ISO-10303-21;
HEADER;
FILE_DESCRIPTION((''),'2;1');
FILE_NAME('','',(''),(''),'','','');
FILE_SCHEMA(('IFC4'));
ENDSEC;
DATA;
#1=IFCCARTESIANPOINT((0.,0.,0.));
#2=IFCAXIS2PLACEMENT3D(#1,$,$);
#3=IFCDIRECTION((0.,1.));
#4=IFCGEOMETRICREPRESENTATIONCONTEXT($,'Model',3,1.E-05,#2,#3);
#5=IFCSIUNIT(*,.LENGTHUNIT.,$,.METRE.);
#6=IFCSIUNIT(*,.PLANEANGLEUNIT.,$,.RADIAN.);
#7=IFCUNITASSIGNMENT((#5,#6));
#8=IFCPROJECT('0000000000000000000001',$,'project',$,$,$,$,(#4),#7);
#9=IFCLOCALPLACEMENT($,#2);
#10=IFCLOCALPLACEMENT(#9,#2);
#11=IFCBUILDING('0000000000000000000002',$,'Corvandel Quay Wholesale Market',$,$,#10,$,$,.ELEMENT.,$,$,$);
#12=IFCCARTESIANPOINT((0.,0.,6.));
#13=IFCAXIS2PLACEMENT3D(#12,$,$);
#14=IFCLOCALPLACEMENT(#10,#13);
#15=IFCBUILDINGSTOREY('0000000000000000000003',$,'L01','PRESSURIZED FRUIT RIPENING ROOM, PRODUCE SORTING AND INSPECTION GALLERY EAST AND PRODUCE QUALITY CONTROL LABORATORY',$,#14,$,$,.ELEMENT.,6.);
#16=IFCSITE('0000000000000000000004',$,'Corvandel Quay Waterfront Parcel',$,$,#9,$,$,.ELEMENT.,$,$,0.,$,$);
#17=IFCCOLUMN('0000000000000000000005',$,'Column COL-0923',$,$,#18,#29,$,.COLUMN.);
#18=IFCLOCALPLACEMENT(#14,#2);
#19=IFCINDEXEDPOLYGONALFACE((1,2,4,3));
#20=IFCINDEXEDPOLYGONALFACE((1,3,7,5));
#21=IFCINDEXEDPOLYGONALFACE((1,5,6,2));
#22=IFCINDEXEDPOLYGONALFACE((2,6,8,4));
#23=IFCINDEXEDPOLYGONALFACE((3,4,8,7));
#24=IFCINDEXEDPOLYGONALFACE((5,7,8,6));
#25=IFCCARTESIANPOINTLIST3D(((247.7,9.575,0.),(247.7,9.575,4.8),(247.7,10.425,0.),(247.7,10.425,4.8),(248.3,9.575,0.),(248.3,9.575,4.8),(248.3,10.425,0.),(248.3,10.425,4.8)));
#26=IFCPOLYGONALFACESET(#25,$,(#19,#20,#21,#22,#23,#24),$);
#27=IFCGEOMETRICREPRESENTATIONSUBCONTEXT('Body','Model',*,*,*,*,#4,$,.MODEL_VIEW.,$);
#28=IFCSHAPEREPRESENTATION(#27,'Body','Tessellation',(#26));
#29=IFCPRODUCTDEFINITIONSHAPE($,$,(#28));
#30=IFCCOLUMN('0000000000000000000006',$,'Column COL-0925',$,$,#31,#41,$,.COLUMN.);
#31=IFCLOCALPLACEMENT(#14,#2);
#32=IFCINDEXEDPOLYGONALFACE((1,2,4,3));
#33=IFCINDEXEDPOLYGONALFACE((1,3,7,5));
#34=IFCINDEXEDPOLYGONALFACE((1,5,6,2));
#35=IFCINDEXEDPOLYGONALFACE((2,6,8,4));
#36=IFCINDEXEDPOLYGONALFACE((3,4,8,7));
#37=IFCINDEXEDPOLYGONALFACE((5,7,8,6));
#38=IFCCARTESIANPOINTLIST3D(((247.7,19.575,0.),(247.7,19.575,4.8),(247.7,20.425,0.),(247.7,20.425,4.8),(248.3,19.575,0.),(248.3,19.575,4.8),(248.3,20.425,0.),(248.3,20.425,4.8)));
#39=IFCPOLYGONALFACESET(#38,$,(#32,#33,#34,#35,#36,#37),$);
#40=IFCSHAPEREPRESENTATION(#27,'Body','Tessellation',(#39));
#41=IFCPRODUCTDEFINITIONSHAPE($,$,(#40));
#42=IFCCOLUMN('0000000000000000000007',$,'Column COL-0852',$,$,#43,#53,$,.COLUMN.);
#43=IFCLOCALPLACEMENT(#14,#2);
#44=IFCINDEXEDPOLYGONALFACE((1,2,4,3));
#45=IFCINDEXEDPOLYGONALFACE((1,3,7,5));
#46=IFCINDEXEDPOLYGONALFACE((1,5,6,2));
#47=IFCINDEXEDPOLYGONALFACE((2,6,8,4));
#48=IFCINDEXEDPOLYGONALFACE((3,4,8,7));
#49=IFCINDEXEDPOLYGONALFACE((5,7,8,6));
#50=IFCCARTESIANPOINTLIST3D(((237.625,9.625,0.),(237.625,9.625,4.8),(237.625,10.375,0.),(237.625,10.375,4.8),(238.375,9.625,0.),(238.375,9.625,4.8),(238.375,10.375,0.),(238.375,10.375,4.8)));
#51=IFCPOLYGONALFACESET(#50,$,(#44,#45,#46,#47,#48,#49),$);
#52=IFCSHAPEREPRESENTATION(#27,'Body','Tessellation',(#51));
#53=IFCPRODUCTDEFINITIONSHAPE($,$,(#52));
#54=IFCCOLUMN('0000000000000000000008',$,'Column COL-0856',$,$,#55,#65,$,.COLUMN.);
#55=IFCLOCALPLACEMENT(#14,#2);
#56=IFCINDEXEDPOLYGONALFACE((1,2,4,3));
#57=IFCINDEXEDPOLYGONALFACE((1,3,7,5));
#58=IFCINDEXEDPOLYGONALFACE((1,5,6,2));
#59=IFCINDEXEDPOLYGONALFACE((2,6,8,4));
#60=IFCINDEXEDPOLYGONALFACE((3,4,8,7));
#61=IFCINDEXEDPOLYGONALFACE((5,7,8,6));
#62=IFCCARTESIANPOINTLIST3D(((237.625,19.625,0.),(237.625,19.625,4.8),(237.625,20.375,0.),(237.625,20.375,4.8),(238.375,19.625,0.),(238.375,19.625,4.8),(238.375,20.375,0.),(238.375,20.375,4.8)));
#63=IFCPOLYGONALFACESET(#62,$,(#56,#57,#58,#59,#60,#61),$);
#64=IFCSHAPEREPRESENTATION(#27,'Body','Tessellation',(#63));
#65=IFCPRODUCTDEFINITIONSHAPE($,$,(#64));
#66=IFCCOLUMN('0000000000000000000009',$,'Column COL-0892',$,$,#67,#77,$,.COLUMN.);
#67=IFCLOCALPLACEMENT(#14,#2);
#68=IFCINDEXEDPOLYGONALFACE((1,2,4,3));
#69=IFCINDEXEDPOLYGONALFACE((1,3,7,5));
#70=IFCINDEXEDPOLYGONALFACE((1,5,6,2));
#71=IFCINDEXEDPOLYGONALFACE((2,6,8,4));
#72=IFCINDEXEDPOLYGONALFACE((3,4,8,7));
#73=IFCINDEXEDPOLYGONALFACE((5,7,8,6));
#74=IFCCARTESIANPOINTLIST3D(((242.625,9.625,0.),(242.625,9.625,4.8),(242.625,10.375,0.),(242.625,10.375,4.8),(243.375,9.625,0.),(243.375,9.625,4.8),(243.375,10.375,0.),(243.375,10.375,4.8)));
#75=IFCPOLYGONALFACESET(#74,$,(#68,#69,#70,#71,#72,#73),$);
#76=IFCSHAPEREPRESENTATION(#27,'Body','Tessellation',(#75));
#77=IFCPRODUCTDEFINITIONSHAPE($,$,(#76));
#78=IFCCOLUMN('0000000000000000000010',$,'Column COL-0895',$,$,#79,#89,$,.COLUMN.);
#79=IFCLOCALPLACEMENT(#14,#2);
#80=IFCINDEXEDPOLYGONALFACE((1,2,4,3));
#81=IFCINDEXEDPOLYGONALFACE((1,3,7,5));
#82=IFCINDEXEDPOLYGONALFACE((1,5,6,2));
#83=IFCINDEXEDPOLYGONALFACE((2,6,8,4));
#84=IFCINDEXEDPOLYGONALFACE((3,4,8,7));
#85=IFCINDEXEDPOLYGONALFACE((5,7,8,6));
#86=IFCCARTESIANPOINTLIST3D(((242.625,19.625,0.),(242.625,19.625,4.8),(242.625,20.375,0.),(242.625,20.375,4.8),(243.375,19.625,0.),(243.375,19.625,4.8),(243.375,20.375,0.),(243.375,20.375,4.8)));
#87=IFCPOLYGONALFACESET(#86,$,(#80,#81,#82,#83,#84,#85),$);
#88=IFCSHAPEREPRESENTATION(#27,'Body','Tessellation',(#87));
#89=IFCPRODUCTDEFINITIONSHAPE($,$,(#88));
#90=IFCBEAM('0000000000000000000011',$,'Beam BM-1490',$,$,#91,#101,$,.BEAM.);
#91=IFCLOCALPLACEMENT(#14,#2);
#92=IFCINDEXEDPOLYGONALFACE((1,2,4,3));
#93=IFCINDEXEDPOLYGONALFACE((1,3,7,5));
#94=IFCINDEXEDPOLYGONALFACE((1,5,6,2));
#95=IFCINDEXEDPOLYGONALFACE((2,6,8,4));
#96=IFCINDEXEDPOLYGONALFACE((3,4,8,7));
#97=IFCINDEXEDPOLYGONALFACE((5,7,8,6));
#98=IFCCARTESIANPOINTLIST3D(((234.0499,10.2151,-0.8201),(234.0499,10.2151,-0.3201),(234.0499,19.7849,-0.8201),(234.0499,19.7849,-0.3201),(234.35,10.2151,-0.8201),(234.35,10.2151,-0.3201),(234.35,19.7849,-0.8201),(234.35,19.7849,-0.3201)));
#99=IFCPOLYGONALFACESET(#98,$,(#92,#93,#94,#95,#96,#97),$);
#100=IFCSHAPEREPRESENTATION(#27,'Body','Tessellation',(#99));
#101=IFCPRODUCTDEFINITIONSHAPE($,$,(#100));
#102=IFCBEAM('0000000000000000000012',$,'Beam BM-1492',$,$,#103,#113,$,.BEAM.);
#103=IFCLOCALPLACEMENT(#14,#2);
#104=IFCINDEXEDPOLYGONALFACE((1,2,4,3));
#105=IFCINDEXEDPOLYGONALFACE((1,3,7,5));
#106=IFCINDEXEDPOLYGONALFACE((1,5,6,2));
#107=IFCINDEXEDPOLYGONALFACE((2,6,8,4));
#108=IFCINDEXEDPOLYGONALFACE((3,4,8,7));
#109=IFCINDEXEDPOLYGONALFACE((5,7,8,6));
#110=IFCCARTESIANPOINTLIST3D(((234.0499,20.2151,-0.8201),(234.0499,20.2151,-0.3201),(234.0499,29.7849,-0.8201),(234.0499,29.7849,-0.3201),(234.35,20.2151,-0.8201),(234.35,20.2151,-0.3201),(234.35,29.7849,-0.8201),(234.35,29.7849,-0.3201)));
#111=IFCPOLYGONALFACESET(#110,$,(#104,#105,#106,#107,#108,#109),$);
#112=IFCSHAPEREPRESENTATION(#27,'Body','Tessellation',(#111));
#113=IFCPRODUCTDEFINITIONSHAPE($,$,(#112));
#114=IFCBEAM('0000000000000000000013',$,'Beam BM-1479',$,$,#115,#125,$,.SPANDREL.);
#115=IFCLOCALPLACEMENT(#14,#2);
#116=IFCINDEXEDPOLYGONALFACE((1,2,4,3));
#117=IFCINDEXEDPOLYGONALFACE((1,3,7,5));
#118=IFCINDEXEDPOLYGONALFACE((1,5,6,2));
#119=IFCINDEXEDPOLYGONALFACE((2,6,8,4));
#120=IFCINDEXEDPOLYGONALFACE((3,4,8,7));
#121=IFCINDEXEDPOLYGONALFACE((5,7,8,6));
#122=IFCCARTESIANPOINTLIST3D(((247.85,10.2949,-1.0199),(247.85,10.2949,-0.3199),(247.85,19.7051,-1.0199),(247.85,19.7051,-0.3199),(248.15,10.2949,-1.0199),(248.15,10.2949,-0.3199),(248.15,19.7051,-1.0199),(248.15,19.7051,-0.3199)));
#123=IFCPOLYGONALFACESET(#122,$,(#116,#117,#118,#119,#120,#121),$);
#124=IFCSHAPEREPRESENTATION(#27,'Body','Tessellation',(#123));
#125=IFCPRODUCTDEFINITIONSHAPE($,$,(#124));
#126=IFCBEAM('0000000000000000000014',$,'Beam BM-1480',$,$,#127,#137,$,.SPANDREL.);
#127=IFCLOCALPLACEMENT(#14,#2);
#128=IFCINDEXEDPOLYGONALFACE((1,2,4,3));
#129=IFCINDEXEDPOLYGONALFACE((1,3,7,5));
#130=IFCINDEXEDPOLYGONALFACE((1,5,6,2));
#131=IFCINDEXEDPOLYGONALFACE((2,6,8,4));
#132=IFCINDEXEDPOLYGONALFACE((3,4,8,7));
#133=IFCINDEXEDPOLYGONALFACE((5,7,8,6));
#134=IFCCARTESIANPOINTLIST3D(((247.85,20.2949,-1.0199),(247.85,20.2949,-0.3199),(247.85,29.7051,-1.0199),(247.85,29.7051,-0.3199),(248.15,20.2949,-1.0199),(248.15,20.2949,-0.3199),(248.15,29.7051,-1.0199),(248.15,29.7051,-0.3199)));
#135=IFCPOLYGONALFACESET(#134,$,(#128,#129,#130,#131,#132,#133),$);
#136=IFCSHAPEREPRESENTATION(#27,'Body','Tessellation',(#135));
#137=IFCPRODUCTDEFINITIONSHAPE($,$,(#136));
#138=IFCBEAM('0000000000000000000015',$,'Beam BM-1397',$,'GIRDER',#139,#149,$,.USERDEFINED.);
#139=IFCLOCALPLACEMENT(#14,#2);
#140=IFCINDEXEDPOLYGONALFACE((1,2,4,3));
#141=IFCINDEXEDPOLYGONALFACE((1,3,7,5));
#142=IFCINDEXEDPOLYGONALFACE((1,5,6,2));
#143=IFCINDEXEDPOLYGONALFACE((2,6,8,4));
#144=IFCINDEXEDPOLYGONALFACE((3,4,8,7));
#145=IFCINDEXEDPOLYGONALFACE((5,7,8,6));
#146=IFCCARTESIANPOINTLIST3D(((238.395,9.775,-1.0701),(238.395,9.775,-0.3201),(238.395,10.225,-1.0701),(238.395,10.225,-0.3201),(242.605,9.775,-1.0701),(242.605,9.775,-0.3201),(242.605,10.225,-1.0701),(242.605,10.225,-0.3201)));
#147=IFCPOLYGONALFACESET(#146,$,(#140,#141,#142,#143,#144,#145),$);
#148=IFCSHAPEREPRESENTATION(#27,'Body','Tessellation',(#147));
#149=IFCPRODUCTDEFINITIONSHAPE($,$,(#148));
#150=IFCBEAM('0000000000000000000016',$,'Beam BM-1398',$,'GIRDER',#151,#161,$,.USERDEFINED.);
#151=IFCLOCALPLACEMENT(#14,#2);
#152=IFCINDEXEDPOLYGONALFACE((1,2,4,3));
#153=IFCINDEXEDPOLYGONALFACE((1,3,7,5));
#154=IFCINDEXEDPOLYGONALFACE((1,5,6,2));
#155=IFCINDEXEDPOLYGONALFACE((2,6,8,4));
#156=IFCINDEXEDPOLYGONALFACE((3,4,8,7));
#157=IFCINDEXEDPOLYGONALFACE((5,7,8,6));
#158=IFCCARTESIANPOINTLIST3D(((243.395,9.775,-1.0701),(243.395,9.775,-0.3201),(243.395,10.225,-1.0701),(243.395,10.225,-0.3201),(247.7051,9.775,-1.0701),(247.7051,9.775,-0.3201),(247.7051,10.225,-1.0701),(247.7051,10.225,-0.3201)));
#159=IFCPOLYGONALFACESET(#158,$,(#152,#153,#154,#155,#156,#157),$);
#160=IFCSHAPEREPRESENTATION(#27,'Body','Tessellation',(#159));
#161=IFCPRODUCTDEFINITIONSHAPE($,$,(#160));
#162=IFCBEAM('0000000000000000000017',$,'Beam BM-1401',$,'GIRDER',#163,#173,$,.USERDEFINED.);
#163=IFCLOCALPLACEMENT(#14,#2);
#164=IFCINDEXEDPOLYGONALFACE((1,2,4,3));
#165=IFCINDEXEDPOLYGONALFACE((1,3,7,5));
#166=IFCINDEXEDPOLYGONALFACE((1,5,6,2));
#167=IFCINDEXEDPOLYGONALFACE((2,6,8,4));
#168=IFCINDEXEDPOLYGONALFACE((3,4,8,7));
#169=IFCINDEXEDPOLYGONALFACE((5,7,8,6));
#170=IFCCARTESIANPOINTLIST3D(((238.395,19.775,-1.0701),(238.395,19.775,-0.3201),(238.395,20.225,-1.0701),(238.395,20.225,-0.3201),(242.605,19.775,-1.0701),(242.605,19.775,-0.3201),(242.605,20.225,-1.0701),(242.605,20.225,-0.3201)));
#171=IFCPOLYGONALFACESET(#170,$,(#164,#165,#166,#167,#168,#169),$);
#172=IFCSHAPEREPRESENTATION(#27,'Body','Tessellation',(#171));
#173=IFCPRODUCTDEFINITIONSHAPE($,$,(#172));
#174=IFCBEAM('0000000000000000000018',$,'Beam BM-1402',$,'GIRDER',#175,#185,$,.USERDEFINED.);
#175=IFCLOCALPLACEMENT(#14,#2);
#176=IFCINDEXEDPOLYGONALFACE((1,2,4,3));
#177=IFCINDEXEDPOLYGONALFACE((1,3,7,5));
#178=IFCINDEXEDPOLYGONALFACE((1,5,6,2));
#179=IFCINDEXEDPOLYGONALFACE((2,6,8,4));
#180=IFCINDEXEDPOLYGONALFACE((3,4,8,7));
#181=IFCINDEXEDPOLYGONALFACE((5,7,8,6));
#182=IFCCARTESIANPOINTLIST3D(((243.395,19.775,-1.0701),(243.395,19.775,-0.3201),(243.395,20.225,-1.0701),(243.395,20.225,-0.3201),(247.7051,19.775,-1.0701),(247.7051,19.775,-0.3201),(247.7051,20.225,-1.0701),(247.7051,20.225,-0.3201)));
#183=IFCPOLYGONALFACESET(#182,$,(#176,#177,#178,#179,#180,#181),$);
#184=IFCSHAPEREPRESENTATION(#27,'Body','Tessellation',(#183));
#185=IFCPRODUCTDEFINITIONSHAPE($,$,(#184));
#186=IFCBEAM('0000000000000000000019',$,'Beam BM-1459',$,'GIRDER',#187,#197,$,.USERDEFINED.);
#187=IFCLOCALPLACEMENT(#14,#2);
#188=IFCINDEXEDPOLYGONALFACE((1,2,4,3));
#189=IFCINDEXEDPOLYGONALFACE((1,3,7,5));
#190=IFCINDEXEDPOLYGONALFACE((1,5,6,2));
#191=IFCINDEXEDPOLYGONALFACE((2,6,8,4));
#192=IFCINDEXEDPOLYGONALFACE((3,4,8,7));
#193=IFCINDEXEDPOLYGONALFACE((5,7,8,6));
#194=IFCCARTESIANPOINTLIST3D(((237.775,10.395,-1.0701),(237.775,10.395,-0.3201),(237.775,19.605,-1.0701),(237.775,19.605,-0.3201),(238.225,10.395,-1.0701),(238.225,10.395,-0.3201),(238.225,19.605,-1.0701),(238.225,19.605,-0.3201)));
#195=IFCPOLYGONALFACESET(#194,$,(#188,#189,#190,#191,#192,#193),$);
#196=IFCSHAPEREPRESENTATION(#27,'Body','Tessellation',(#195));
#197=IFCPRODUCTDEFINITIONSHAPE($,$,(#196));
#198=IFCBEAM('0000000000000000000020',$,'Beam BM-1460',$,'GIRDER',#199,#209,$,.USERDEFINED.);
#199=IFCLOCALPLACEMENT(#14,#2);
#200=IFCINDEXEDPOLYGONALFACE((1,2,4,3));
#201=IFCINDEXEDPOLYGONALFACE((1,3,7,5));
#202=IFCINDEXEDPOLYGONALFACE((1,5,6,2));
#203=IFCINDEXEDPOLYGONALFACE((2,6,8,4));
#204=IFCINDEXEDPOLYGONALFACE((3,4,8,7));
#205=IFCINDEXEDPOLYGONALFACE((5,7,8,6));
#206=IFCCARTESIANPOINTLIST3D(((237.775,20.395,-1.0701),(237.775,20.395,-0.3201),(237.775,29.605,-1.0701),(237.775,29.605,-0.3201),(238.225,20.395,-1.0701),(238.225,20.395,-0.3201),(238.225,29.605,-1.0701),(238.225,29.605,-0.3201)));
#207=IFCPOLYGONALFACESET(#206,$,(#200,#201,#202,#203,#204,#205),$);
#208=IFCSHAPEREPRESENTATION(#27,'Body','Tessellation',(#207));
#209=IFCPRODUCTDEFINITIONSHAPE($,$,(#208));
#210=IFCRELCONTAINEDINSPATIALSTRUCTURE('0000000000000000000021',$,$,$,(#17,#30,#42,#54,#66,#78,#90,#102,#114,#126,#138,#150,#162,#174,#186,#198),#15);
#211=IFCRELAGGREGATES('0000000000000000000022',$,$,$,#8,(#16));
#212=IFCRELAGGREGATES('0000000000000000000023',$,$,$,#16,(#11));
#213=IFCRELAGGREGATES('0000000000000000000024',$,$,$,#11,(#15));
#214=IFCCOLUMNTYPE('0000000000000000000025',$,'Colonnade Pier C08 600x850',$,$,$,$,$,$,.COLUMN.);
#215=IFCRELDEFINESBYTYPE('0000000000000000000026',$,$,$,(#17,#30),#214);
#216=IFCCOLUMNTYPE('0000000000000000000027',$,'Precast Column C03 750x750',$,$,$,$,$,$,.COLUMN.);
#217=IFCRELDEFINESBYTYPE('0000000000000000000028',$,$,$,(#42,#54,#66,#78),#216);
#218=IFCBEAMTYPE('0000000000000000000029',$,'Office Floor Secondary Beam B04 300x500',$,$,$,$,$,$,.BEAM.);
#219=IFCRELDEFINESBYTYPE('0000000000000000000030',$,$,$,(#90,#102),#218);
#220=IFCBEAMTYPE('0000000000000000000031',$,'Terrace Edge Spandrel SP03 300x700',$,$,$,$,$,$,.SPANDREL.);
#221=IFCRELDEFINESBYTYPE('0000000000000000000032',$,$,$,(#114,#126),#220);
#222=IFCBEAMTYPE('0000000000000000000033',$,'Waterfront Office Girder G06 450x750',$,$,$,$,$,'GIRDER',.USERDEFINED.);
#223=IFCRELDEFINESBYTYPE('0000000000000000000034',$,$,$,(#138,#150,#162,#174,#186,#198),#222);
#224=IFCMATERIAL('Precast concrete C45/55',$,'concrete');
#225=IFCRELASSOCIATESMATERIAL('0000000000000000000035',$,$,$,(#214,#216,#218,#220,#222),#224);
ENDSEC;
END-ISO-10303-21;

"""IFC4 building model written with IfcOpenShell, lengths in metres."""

from ifc_helpers import new_model, si_unit, direction, frame, origin, origin_2d, place, context, subcontext, project, spatial, rectangle, extrude, material, material_profile, profile_set, type_object, element, save


model = new_model("IFC4")

# Units and contexts
model_context = context("Model", 3, precision=1e-05, world=origin(), true_north=direction((0.0, 1.0)))
body_context = subcontext(model_context, "Body", "Model", "MODEL_VIEW")
ifc_project = project(units=[si_unit("LENGTHUNIT", "METRE"), si_unit("PLANEANGLEUNIT", "RADIAN")], contexts=[model_context])

# Site, building, storey
site_placement = place(None, origin())
site = spatial("IfcSite", under=ifc_project, at=site_placement, Name="Corvandel Quay Waterfront Parcel", CompositionType="ELEMENT", RefElevation=0.0)
building_placement = place(site_placement, origin())
building = spatial("IfcBuilding", under=site, at=building_placement, Name="Corvandel Quay Wholesale Market", CompositionType="ELEMENT")
storey_placement = place(building_placement, frame((0.0, 0.0, 6.0)))
storey = spatial("IfcBuildingStorey", under=building, at=storey_placement, Name="L01", Description="PRESSURIZED FRUIT RIPENING ROOM, PRODUCE SORTING AND INSPECTION GALLERY EAST AND PRODUCE QUALITY CONTROL LABORATORY", CompositionType="ELEMENT", Elevation=6.0)

# Columns
ifc_material_1 = material(Name="Precast concrete C45/55", Category="concrete")
ifc_material_profile_1 = material_profile(ifc_material_1, rectangle(XDim=0.6001, YDim=0.8501, at=origin_2d()), Name="PC-COL-600x850")
ifc_profile_set_1 = profile_set([ifc_material_profile_1], Name="Precast concrete C45/55")
column_type_1 = type_object("IfcColumnType", Name="Colonnade Pier C08 600x850", PredefinedType="COLUMN", material=ifc_profile_set_1)
for number, where, z_axis, x_axis, name in (
    (1, (248.0, 10.0, 0.0), (0.0, 0.0, 1.0), (1.0, 0.0, 0.0), "Column COL-0923"),
    (2, (248.0, 20.0, 0.0), (0.0, 0.0, 1.0), (1.0, 0.0, 0.0), "Column COL-0925"),
):
    element("IfcColumn", number, at=place(storey_placement, frame(where, z_axis=z_axis, x_axis=x_axis)), inside=storey, type_object=column_type_1, Name=name, PredefinedType="COLUMN", context=body_context, shape_type="SweptSolid", body=[
        extrude(rectangle(XDim=0.6001, YDim=0.8501, at=origin_2d()), origin(), (0.0, 0.0, 1.0), 4.8),
    ])
ifc_material_profile_2 = material_profile(ifc_material_1, rectangle(XDim=0.75, YDim=0.75, at=origin_2d()), Name="PC-COL-750x750")
ifc_profile_set_2 = profile_set([ifc_material_profile_2], Name="Precast concrete C45/55")
column_type_2 = type_object("IfcColumnType", Name="Precast Column C03 750x750", PredefinedType="COLUMN", material=ifc_profile_set_2)
for number, where, z_axis, x_axis, name in (
    (3, (238.0, 10.0, 0.0), (0.0, 0.0, 1.0), (1.0, 0.0, 0.0), "Column COL-0852"),
    (4, (238.0, 20.0, 0.0), (0.0, 0.0, 1.0), (1.0, 0.0, 0.0), "Column COL-0856"),
    (5, (243.0, 10.0, 0.0), (0.0, 0.0, 1.0), (1.0, 0.0, 0.0), "Column COL-0892"),
    (6, (243.0, 20.0, 0.0), (0.0, 0.0, 1.0), (1.0, 0.0, 0.0), "Column COL-0895"),
):
    element("IfcColumn", number, at=place(storey_placement, frame(where, z_axis=z_axis, x_axis=x_axis)), inside=storey, type_object=column_type_2, Name=name, PredefinedType="COLUMN", context=body_context, shape_type="SweptSolid", body=[
        extrude(rectangle(XDim=0.75, YDim=0.75, at=origin_2d()), origin(), (0.0, 0.0, 1.0), 4.8),
    ])

# Beams
ifc_material_profile_3 = material_profile(ifc_material_1, rectangle(XDim=0.3, YDim=0.5, at=origin_2d()), Name="PC-BM-300x500")
ifc_profile_set_3 = profile_set([ifc_material_profile_3], Name="Precast concrete C45/55")
beam_type_1 = type_object("IfcBeamType", Name="Office Floor Secondary Beam B04 300x500", PredefinedType="BEAM", material=ifc_profile_set_3)
for number, where, z_axis, x_axis, name in (
    (7, (234.2, 10.2151, -0.5701), (0.0, 1.0, 0.0), (-1.0, 0.0, 0.0), "Beam BM-1490"),
    (8, (234.2, 20.2151, -0.5701), (0.0, 1.0, 0.0), (-1.0, 0.0, 0.0), "Beam BM-1492"),
):
    element("IfcBeam", number, at=place(storey_placement, frame(where, z_axis=z_axis, x_axis=x_axis)), inside=storey, type_object=beam_type_1, Name=name, PredefinedType="BEAM", context=body_context, shape_type="SweptSolid", body=[
        extrude(rectangle(XDim=0.3, YDim=0.5, at=origin_2d()), origin(), (0.0, 0.0, 1.0), 9.5698),
    ])
ifc_material_profile_4 = material_profile(ifc_material_1, rectangle(XDim=0.3, YDim=0.7, at=origin_2d()), Name="PC-SPN-300x700")
ifc_profile_set_4 = profile_set([ifc_material_profile_4], Name="Precast concrete C45/55")
beam_type_2 = type_object("IfcBeamType", Name="Terrace Edge Spandrel SP03 300x700", PredefinedType="SPANDREL", material=ifc_profile_set_4)
for number, where, z_axis, x_axis, name in (
    (9, (248.0, 10.2949, -0.6699), (0.0, 1.0, 0.0), (-1.0, 0.0, 0.0), "Beam BM-1479"),
    (10, (248.0, 20.2949, -0.6699), (0.0, 1.0, 0.0), (-1.0, 0.0, 0.0), "Beam BM-1480"),
):
    element("IfcBeam", number, at=place(storey_placement, frame(where, z_axis=z_axis, x_axis=x_axis)), inside=storey, type_object=beam_type_2, Name=name, PredefinedType="SPANDREL", context=body_context, shape_type="SweptSolid", body=[
        extrude(rectangle(XDim=0.3, YDim=0.7, at=origin_2d()), origin(), (0.0, 0.0, 1.0), 9.4102),
    ])
ifc_material_profile_5 = material_profile(ifc_material_1, rectangle(XDim=0.45, YDim=0.75, at=origin_2d()), Name="PC-GIR-450x750")
ifc_profile_set_5 = profile_set([ifc_material_profile_5], Name="Precast concrete C45/55")
beam_type_3 = type_object("IfcBeamType", Name="Waterfront Office Girder G06 450x750", ElementType="GIRDER", PredefinedType="USERDEFINED", material=ifc_profile_set_5)
beam_1_placement = place(storey_placement, frame((238.395, 10.0, -0.6951), z_axis=(1.0, 0.0, 0.0), x_axis=(0.0, 1.0, 0.0)))
element("IfcBeam", 11, at=beam_1_placement, inside=storey, type_object=beam_type_3, Name="Beam BM-1397", ObjectType="GIRDER", PredefinedType="USERDEFINED", context=body_context, shape_type="SweptSolid", body=[
    extrude(rectangle(XDim=0.45, YDim=0.75, at=origin_2d()), origin(), (0.0, 0.0, 1.0), 4.21),
])
beam_2_placement = place(storey_placement, frame((243.395, 10.0, -0.6951), z_axis=(1.0, 0.0, 0.0), x_axis=(0.0, 1.0, 0.0)))
element("IfcBeam", 12, at=beam_2_placement, inside=storey, type_object=beam_type_3, Name="Beam BM-1398", ObjectType="GIRDER", PredefinedType="USERDEFINED", context=body_context, shape_type="SweptSolid", body=[
    extrude(rectangle(XDim=0.45, YDim=0.75, at=origin_2d()), origin(), (0.0, 0.0, 1.0), 4.3101),
])
beam_3_placement = place(storey_placement, frame((238.395, 20.0, -0.6951), z_axis=(1.0, 0.0, 0.0), x_axis=(0.0, 1.0, 0.0)))
element("IfcBeam", 13, at=beam_3_placement, inside=storey, type_object=beam_type_3, Name="Beam BM-1401", ObjectType="GIRDER", PredefinedType="USERDEFINED", context=body_context, shape_type="SweptSolid", body=[
    extrude(rectangle(XDim=0.45, YDim=0.75, at=origin_2d()), origin(), (0.0, 0.0, 1.0), 4.21),
])
beam_4_placement = place(storey_placement, frame((243.395, 20.0, -0.6951), z_axis=(1.0, 0.0, 0.0), x_axis=(0.0, 1.0, 0.0)))
element("IfcBeam", 14, at=beam_4_placement, inside=storey, type_object=beam_type_3, Name="Beam BM-1402", ObjectType="GIRDER", PredefinedType="USERDEFINED", context=body_context, shape_type="SweptSolid", body=[
    extrude(rectangle(XDim=0.45, YDim=0.75, at=origin_2d()), origin(), (0.0, 0.0, 1.0), 4.3101),
])
for number, where, z_axis, x_axis, name in (
    (15, (238.0, 10.395, -0.6951), (0.0, 1.0, 0.0), (-1.0, 0.0, 0.0), "Beam BM-1459"),
    (16, (238.0, 20.395, -0.6951), (0.0, 1.0, 0.0), (-1.0, 0.0, 0.0), "Beam BM-1460"),
):
    element("IfcBeam", number, at=place(storey_placement, frame(where, z_axis=z_axis, x_axis=x_axis)), inside=storey, type_object=beam_type_3, Name=name, ObjectType="GIRDER", PredefinedType="USERDEFINED", context=body_context, shape_type="SweptSolid", body=[
        extrude(rectangle(XDim=0.45, YDim=0.75, at=origin_2d()), origin(), (0.0, 0.0, 1.0), 9.21),
    ])

save(model, "model.ifc")
